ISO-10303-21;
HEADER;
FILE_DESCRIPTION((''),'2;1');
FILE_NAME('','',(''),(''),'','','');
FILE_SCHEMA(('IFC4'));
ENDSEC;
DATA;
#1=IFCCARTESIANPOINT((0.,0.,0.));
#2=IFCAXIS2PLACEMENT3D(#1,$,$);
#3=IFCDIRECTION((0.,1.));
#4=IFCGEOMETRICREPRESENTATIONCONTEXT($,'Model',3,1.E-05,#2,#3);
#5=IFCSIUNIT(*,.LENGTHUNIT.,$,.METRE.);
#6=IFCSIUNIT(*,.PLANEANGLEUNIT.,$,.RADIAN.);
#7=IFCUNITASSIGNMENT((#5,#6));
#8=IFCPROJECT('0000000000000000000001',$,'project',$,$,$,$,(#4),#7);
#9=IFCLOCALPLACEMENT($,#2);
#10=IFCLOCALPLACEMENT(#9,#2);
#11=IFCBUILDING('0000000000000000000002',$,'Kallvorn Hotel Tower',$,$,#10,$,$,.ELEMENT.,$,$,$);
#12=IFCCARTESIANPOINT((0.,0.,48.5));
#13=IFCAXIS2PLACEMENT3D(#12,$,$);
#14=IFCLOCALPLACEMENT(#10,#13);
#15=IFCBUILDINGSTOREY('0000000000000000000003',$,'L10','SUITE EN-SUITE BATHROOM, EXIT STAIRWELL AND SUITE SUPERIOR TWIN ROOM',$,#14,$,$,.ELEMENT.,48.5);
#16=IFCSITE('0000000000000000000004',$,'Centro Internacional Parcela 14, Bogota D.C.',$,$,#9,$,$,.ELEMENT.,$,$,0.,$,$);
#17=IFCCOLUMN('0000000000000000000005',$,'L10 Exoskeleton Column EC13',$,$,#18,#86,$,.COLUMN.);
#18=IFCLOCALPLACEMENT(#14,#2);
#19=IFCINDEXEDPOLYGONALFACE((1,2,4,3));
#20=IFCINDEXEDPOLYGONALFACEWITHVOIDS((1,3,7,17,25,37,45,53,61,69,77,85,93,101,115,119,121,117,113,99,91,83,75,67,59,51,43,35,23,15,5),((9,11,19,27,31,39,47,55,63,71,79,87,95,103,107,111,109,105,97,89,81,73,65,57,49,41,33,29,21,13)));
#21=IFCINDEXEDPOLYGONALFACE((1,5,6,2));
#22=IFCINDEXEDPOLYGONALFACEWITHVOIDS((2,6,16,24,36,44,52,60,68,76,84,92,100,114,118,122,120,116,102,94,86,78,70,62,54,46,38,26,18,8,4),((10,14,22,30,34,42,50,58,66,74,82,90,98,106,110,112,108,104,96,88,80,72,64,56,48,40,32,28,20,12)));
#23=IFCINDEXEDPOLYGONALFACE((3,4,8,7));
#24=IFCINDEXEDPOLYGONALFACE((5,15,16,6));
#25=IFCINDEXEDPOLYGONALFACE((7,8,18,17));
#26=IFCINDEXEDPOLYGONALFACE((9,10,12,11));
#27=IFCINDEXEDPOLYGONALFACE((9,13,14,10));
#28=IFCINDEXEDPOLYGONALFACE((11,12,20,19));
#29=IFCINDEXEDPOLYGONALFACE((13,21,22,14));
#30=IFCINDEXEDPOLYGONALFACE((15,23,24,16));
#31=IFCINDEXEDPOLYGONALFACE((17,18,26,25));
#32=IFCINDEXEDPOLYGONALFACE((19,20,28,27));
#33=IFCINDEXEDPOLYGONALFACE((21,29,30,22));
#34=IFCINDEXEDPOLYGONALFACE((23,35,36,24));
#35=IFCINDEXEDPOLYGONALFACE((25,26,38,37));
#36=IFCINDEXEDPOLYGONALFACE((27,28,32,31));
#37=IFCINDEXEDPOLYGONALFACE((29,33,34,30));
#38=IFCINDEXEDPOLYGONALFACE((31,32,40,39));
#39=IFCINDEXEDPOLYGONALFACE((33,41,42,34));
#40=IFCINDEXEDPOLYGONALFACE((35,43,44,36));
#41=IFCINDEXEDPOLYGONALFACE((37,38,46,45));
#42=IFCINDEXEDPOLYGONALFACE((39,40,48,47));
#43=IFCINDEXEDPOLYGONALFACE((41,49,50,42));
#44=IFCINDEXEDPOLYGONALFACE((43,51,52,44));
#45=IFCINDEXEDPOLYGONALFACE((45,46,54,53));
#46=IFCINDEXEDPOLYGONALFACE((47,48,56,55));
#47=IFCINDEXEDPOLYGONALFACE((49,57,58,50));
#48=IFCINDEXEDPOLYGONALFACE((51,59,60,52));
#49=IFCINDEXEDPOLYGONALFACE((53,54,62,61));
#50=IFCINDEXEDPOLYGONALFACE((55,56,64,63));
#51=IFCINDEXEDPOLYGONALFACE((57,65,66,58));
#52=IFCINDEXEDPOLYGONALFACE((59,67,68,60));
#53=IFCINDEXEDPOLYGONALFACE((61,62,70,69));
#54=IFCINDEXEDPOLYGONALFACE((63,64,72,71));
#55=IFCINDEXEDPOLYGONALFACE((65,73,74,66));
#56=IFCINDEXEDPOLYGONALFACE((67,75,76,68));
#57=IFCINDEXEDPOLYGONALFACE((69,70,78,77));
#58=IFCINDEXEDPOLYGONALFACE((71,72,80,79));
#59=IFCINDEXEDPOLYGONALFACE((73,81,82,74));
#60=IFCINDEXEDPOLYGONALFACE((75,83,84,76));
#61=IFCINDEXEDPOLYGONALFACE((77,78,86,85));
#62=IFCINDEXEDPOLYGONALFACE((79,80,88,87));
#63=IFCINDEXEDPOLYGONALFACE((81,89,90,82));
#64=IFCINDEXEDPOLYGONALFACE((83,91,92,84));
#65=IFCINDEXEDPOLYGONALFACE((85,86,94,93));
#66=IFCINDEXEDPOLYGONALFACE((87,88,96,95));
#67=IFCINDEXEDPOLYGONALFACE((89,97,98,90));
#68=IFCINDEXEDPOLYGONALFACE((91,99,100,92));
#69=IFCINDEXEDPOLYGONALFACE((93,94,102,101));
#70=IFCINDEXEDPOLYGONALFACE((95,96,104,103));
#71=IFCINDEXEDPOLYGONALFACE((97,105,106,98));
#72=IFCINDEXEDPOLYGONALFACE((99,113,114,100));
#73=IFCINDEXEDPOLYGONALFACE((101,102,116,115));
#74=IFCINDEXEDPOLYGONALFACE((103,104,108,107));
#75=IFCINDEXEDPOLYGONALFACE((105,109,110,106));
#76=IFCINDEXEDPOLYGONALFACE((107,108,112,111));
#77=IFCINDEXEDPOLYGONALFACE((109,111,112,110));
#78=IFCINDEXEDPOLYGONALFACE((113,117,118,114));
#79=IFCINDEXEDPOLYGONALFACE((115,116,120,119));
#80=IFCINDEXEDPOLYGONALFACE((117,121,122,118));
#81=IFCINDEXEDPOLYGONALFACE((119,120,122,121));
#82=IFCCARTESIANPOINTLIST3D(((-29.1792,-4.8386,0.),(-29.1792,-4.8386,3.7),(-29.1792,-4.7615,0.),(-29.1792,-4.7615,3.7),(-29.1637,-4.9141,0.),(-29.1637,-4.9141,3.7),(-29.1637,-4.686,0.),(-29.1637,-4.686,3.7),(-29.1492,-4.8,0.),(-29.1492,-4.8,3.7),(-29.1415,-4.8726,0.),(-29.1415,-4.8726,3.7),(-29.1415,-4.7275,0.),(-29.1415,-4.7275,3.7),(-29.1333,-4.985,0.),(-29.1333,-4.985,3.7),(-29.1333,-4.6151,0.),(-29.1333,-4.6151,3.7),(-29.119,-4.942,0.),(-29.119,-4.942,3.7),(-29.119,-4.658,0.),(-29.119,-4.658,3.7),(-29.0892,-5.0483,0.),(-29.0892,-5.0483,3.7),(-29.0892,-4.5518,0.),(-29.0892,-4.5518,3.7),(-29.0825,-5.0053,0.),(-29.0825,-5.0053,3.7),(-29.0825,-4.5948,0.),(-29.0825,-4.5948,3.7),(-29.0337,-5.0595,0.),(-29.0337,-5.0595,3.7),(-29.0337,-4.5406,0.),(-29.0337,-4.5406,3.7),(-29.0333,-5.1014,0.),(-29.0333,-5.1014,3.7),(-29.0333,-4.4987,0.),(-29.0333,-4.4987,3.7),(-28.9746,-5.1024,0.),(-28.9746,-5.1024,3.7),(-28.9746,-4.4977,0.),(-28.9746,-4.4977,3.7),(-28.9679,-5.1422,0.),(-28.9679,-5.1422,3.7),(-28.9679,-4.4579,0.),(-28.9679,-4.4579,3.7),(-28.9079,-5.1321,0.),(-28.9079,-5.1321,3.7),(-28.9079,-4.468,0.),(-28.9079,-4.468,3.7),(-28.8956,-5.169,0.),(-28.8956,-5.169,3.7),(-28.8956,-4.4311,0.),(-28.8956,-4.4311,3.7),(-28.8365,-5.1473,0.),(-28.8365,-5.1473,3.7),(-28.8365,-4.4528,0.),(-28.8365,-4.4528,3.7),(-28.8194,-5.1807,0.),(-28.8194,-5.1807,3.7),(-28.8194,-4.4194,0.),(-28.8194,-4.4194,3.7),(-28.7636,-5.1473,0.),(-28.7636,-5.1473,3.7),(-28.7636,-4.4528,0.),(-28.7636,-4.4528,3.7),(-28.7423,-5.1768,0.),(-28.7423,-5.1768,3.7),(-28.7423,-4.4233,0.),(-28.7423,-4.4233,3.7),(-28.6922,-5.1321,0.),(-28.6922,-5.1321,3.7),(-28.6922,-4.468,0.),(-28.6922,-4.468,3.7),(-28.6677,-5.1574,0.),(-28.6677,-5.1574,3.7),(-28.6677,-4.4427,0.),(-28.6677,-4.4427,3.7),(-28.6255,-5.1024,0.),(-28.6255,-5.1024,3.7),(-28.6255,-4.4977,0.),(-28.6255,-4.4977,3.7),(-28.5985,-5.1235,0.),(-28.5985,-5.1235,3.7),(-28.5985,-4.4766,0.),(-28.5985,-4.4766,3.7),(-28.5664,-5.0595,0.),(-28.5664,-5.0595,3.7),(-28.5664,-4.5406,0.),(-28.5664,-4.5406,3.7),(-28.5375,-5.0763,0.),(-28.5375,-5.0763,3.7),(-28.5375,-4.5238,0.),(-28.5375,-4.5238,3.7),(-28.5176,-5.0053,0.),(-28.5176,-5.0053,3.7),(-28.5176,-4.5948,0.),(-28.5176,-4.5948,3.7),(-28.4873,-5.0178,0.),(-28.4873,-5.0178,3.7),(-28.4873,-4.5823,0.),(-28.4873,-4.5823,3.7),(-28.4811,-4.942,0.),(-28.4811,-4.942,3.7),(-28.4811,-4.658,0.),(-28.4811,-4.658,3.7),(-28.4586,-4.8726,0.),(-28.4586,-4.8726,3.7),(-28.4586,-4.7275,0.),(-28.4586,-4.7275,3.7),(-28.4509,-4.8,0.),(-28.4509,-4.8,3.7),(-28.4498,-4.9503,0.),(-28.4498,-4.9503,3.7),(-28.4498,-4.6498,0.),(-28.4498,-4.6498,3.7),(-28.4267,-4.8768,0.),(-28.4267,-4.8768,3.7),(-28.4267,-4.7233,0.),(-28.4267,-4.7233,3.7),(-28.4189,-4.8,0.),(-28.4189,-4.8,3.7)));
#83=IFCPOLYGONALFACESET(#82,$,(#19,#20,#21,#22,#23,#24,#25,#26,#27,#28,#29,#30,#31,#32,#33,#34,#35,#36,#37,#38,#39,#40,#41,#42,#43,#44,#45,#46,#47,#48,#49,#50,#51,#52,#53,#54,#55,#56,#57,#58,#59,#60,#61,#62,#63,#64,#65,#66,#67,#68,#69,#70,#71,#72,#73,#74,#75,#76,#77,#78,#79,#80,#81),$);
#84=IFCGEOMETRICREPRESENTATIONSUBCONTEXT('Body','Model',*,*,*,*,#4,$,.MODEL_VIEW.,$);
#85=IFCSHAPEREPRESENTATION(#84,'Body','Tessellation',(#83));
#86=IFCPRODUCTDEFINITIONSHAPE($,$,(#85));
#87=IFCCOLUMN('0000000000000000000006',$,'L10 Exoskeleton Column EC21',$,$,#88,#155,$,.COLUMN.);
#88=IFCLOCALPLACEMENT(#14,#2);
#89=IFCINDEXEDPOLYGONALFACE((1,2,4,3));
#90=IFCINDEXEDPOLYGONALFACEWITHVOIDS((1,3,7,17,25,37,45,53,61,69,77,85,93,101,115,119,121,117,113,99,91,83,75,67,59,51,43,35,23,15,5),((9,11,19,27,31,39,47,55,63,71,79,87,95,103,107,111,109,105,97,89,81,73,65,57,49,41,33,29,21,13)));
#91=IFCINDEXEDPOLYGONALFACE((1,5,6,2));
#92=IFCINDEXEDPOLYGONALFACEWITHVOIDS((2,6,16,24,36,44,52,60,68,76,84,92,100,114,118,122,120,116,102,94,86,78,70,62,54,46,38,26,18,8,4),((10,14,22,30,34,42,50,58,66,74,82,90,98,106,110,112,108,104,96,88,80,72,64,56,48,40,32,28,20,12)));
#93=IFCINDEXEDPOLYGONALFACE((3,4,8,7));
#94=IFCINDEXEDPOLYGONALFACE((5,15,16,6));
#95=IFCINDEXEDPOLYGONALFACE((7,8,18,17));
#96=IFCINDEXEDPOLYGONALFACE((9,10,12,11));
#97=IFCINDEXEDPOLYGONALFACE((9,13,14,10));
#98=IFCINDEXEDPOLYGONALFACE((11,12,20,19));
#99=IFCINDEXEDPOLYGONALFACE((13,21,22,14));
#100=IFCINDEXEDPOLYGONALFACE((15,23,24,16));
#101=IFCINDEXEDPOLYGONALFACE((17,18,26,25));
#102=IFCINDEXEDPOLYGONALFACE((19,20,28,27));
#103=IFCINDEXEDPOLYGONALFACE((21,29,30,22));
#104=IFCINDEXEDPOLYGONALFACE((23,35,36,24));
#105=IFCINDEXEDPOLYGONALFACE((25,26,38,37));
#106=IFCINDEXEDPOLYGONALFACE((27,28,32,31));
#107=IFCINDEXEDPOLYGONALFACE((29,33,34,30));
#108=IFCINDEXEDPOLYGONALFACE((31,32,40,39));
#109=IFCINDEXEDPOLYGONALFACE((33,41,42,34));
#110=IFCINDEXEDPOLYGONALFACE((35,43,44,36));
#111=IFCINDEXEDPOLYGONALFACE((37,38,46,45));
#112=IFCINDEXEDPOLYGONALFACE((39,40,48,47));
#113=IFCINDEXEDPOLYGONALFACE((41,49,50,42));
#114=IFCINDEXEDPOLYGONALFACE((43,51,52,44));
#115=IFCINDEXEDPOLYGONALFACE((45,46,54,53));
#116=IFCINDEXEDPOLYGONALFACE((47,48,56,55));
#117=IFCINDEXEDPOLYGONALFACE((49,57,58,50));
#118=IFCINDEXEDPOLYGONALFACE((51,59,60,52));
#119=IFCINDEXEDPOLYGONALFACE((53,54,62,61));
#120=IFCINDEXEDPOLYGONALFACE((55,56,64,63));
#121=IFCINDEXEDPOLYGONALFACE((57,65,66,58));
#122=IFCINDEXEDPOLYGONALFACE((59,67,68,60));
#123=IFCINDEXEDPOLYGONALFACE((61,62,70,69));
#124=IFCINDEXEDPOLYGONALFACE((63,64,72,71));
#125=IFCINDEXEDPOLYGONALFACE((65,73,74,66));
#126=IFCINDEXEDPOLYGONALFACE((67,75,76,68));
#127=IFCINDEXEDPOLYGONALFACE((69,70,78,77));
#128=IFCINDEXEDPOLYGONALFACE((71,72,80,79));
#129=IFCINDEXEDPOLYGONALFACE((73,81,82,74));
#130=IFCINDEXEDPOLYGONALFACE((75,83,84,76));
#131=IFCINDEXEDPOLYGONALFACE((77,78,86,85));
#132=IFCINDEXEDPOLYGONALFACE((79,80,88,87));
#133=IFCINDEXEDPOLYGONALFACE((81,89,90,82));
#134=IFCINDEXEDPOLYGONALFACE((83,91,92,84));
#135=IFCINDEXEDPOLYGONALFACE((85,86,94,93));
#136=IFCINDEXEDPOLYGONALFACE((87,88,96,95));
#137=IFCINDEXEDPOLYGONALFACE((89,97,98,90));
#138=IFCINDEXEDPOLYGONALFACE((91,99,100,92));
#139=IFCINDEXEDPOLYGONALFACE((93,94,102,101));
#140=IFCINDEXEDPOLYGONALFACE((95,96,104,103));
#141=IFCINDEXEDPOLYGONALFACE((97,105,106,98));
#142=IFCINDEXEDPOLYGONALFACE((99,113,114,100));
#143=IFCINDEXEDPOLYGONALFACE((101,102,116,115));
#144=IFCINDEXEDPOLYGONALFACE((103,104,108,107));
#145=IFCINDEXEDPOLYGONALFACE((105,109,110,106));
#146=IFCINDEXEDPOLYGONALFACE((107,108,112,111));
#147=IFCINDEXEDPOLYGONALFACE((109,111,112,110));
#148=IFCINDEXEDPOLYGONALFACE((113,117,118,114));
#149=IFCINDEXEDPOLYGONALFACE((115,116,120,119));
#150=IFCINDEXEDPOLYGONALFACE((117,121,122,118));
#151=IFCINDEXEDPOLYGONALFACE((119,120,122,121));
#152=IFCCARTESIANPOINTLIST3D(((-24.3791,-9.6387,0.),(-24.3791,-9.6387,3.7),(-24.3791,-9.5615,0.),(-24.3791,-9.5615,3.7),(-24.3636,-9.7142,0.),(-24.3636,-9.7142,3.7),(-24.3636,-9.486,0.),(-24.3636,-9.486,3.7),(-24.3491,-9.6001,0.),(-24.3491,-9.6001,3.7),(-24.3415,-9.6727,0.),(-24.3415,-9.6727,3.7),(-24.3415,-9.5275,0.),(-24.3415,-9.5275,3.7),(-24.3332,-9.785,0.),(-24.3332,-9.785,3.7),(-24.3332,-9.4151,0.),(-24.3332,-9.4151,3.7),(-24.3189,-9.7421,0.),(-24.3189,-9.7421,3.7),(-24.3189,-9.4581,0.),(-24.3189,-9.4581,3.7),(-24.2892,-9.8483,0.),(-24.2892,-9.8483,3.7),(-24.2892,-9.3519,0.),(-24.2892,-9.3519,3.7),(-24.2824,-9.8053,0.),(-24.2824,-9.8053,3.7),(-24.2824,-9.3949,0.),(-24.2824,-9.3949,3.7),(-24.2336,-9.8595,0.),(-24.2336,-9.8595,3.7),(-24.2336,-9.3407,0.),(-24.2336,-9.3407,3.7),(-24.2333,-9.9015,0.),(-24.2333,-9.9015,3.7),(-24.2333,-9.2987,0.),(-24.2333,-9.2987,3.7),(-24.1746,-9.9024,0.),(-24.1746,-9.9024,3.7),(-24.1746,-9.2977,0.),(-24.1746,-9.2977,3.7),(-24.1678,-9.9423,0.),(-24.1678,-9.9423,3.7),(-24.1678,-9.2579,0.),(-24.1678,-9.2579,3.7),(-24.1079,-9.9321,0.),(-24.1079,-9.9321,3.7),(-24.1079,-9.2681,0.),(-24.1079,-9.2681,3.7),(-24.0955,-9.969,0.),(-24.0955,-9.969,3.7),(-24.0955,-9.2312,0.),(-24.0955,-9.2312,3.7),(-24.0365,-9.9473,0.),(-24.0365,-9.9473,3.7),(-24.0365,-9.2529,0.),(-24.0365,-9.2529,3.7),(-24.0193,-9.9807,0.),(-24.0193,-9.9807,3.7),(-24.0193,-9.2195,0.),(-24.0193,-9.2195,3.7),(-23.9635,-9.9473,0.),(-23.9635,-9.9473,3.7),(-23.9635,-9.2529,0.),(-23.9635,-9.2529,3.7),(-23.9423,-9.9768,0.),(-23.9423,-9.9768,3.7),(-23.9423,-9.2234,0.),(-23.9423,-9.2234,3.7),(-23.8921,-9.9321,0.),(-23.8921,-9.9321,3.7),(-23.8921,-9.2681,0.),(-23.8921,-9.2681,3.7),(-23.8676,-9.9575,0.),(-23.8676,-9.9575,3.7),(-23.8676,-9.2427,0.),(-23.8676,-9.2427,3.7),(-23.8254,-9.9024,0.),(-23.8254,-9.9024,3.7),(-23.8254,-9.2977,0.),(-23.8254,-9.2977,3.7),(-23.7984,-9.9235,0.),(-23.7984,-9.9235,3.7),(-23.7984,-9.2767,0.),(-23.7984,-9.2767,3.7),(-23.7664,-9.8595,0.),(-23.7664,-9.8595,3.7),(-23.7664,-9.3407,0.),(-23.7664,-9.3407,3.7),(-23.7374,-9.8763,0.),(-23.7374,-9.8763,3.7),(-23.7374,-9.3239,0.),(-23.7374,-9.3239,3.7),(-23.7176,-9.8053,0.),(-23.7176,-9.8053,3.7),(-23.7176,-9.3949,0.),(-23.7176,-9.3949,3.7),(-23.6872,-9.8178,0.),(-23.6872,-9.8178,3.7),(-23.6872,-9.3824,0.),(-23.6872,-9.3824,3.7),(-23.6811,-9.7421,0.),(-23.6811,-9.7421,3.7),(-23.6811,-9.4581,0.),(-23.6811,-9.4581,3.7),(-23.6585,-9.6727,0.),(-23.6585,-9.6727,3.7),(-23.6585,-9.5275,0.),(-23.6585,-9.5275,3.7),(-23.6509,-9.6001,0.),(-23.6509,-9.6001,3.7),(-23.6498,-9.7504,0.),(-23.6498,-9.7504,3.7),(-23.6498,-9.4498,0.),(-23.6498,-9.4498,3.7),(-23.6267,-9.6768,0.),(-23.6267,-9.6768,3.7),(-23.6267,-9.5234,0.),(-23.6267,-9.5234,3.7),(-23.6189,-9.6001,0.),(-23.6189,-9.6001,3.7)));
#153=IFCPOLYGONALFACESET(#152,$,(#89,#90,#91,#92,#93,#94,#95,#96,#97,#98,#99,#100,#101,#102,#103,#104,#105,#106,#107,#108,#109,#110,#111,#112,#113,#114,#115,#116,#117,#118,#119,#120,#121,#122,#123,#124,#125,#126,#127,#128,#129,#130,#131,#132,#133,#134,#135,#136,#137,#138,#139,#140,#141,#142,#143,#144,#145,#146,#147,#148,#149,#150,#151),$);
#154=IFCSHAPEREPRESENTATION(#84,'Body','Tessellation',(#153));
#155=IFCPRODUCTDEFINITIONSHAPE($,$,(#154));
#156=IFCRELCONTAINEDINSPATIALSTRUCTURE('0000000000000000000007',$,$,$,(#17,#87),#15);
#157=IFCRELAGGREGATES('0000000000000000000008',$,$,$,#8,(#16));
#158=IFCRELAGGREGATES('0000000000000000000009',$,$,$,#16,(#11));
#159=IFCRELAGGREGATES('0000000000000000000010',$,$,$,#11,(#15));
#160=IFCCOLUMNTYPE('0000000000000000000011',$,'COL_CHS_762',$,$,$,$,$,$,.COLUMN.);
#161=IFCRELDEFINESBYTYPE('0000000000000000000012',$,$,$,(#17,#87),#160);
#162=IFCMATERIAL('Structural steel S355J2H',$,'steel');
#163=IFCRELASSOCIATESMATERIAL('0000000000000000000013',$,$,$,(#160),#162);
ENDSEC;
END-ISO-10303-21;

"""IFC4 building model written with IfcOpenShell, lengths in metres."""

from ifc_helpers import new_model, si_unit, direction, frame, origin, origin_2d, place, context, subcontext, project, spatial, hollow_circle, extrude, material, material_profile, profile_set, type_object, element, save


model = new_model("IFC4")

# Units and contexts
model_context = context("Model", 3, precision=1e-05, world=origin(), true_north=direction((0.0, 1.0)))
body_context = subcontext(model_context, "Body", "Model", "MODEL_VIEW")
ifc_project = project(units=[si_unit("LENGTHUNIT", "METRE"), si_unit("PLANEANGLEUNIT", "RADIAN")], contexts=[model_context])

# Site, building, storey
site_placement = place(None, origin())
site = spatial("IfcSite", under=ifc_project, at=site_placement, Name="Centro Internacional Parcela 14, Bogota D.C.", CompositionType="ELEMENT", RefElevation=0.0)
building_placement = place(site_placement, origin())
building = spatial("IfcBuilding", under=site, at=building_placement, Name="Kallvorn Hotel Tower", CompositionType="ELEMENT")
storey_placement = place(building_placement, frame((0.0, 0.0, 48.5)))
storey = spatial("IfcBuildingStorey", under=building, at=storey_placement, Name="L10", Description="SUITE EN-SUITE BATHROOM, EXIT STAIRWELL AND SUITE SUPERIOR TWIN ROOM", CompositionType="ELEMENT", Elevation=48.5)

# Columns
ifc_material_1 = material(Name="Structural steel S355J2H", Category="steel")
ifc_material_profile_1 = material_profile(ifc_material_1, hollow_circle(Radius=0.3811, WallThickness=0.032, at=origin_2d()), Name="CHS 762x32")
ifc_profile_set_1 = profile_set([ifc_material_profile_1], Name="Structural steel S355J2H")
column_type_1 = type_object("IfcColumnType", Name="COL_CHS_762", PredefinedType="COLUMN", material=ifc_profile_set_1)
for number, where, z_axis, x_axis, name in (
    (1, (-28.8, -4.8, 0.0), (0.0, 0.0, 1.0), (1.0, 0.0, 0.0), "L10 Exoskeleton Column EC13"),
    (2, (-24.0, -9.6001, 0.0), (0.0, 0.0, 1.0), (1.0, 0.0, 0.0), "L10 Exoskeleton Column EC21"),
):
    element("IfcColumn", number, at=place(storey_placement, frame(where, z_axis=z_axis, x_axis=x_axis)), inside=storey, type_object=column_type_1, Name=name, PredefinedType="COLUMN", context=body_context, shape_type="SweptSolid", body=[
        extrude(hollow_circle(Radius=0.3811, WallThickness=0.032, at=origin_2d()), origin(), (0.0, 0.0, 1.0), 3.7),
    ])

save(model, "model.ifc")
